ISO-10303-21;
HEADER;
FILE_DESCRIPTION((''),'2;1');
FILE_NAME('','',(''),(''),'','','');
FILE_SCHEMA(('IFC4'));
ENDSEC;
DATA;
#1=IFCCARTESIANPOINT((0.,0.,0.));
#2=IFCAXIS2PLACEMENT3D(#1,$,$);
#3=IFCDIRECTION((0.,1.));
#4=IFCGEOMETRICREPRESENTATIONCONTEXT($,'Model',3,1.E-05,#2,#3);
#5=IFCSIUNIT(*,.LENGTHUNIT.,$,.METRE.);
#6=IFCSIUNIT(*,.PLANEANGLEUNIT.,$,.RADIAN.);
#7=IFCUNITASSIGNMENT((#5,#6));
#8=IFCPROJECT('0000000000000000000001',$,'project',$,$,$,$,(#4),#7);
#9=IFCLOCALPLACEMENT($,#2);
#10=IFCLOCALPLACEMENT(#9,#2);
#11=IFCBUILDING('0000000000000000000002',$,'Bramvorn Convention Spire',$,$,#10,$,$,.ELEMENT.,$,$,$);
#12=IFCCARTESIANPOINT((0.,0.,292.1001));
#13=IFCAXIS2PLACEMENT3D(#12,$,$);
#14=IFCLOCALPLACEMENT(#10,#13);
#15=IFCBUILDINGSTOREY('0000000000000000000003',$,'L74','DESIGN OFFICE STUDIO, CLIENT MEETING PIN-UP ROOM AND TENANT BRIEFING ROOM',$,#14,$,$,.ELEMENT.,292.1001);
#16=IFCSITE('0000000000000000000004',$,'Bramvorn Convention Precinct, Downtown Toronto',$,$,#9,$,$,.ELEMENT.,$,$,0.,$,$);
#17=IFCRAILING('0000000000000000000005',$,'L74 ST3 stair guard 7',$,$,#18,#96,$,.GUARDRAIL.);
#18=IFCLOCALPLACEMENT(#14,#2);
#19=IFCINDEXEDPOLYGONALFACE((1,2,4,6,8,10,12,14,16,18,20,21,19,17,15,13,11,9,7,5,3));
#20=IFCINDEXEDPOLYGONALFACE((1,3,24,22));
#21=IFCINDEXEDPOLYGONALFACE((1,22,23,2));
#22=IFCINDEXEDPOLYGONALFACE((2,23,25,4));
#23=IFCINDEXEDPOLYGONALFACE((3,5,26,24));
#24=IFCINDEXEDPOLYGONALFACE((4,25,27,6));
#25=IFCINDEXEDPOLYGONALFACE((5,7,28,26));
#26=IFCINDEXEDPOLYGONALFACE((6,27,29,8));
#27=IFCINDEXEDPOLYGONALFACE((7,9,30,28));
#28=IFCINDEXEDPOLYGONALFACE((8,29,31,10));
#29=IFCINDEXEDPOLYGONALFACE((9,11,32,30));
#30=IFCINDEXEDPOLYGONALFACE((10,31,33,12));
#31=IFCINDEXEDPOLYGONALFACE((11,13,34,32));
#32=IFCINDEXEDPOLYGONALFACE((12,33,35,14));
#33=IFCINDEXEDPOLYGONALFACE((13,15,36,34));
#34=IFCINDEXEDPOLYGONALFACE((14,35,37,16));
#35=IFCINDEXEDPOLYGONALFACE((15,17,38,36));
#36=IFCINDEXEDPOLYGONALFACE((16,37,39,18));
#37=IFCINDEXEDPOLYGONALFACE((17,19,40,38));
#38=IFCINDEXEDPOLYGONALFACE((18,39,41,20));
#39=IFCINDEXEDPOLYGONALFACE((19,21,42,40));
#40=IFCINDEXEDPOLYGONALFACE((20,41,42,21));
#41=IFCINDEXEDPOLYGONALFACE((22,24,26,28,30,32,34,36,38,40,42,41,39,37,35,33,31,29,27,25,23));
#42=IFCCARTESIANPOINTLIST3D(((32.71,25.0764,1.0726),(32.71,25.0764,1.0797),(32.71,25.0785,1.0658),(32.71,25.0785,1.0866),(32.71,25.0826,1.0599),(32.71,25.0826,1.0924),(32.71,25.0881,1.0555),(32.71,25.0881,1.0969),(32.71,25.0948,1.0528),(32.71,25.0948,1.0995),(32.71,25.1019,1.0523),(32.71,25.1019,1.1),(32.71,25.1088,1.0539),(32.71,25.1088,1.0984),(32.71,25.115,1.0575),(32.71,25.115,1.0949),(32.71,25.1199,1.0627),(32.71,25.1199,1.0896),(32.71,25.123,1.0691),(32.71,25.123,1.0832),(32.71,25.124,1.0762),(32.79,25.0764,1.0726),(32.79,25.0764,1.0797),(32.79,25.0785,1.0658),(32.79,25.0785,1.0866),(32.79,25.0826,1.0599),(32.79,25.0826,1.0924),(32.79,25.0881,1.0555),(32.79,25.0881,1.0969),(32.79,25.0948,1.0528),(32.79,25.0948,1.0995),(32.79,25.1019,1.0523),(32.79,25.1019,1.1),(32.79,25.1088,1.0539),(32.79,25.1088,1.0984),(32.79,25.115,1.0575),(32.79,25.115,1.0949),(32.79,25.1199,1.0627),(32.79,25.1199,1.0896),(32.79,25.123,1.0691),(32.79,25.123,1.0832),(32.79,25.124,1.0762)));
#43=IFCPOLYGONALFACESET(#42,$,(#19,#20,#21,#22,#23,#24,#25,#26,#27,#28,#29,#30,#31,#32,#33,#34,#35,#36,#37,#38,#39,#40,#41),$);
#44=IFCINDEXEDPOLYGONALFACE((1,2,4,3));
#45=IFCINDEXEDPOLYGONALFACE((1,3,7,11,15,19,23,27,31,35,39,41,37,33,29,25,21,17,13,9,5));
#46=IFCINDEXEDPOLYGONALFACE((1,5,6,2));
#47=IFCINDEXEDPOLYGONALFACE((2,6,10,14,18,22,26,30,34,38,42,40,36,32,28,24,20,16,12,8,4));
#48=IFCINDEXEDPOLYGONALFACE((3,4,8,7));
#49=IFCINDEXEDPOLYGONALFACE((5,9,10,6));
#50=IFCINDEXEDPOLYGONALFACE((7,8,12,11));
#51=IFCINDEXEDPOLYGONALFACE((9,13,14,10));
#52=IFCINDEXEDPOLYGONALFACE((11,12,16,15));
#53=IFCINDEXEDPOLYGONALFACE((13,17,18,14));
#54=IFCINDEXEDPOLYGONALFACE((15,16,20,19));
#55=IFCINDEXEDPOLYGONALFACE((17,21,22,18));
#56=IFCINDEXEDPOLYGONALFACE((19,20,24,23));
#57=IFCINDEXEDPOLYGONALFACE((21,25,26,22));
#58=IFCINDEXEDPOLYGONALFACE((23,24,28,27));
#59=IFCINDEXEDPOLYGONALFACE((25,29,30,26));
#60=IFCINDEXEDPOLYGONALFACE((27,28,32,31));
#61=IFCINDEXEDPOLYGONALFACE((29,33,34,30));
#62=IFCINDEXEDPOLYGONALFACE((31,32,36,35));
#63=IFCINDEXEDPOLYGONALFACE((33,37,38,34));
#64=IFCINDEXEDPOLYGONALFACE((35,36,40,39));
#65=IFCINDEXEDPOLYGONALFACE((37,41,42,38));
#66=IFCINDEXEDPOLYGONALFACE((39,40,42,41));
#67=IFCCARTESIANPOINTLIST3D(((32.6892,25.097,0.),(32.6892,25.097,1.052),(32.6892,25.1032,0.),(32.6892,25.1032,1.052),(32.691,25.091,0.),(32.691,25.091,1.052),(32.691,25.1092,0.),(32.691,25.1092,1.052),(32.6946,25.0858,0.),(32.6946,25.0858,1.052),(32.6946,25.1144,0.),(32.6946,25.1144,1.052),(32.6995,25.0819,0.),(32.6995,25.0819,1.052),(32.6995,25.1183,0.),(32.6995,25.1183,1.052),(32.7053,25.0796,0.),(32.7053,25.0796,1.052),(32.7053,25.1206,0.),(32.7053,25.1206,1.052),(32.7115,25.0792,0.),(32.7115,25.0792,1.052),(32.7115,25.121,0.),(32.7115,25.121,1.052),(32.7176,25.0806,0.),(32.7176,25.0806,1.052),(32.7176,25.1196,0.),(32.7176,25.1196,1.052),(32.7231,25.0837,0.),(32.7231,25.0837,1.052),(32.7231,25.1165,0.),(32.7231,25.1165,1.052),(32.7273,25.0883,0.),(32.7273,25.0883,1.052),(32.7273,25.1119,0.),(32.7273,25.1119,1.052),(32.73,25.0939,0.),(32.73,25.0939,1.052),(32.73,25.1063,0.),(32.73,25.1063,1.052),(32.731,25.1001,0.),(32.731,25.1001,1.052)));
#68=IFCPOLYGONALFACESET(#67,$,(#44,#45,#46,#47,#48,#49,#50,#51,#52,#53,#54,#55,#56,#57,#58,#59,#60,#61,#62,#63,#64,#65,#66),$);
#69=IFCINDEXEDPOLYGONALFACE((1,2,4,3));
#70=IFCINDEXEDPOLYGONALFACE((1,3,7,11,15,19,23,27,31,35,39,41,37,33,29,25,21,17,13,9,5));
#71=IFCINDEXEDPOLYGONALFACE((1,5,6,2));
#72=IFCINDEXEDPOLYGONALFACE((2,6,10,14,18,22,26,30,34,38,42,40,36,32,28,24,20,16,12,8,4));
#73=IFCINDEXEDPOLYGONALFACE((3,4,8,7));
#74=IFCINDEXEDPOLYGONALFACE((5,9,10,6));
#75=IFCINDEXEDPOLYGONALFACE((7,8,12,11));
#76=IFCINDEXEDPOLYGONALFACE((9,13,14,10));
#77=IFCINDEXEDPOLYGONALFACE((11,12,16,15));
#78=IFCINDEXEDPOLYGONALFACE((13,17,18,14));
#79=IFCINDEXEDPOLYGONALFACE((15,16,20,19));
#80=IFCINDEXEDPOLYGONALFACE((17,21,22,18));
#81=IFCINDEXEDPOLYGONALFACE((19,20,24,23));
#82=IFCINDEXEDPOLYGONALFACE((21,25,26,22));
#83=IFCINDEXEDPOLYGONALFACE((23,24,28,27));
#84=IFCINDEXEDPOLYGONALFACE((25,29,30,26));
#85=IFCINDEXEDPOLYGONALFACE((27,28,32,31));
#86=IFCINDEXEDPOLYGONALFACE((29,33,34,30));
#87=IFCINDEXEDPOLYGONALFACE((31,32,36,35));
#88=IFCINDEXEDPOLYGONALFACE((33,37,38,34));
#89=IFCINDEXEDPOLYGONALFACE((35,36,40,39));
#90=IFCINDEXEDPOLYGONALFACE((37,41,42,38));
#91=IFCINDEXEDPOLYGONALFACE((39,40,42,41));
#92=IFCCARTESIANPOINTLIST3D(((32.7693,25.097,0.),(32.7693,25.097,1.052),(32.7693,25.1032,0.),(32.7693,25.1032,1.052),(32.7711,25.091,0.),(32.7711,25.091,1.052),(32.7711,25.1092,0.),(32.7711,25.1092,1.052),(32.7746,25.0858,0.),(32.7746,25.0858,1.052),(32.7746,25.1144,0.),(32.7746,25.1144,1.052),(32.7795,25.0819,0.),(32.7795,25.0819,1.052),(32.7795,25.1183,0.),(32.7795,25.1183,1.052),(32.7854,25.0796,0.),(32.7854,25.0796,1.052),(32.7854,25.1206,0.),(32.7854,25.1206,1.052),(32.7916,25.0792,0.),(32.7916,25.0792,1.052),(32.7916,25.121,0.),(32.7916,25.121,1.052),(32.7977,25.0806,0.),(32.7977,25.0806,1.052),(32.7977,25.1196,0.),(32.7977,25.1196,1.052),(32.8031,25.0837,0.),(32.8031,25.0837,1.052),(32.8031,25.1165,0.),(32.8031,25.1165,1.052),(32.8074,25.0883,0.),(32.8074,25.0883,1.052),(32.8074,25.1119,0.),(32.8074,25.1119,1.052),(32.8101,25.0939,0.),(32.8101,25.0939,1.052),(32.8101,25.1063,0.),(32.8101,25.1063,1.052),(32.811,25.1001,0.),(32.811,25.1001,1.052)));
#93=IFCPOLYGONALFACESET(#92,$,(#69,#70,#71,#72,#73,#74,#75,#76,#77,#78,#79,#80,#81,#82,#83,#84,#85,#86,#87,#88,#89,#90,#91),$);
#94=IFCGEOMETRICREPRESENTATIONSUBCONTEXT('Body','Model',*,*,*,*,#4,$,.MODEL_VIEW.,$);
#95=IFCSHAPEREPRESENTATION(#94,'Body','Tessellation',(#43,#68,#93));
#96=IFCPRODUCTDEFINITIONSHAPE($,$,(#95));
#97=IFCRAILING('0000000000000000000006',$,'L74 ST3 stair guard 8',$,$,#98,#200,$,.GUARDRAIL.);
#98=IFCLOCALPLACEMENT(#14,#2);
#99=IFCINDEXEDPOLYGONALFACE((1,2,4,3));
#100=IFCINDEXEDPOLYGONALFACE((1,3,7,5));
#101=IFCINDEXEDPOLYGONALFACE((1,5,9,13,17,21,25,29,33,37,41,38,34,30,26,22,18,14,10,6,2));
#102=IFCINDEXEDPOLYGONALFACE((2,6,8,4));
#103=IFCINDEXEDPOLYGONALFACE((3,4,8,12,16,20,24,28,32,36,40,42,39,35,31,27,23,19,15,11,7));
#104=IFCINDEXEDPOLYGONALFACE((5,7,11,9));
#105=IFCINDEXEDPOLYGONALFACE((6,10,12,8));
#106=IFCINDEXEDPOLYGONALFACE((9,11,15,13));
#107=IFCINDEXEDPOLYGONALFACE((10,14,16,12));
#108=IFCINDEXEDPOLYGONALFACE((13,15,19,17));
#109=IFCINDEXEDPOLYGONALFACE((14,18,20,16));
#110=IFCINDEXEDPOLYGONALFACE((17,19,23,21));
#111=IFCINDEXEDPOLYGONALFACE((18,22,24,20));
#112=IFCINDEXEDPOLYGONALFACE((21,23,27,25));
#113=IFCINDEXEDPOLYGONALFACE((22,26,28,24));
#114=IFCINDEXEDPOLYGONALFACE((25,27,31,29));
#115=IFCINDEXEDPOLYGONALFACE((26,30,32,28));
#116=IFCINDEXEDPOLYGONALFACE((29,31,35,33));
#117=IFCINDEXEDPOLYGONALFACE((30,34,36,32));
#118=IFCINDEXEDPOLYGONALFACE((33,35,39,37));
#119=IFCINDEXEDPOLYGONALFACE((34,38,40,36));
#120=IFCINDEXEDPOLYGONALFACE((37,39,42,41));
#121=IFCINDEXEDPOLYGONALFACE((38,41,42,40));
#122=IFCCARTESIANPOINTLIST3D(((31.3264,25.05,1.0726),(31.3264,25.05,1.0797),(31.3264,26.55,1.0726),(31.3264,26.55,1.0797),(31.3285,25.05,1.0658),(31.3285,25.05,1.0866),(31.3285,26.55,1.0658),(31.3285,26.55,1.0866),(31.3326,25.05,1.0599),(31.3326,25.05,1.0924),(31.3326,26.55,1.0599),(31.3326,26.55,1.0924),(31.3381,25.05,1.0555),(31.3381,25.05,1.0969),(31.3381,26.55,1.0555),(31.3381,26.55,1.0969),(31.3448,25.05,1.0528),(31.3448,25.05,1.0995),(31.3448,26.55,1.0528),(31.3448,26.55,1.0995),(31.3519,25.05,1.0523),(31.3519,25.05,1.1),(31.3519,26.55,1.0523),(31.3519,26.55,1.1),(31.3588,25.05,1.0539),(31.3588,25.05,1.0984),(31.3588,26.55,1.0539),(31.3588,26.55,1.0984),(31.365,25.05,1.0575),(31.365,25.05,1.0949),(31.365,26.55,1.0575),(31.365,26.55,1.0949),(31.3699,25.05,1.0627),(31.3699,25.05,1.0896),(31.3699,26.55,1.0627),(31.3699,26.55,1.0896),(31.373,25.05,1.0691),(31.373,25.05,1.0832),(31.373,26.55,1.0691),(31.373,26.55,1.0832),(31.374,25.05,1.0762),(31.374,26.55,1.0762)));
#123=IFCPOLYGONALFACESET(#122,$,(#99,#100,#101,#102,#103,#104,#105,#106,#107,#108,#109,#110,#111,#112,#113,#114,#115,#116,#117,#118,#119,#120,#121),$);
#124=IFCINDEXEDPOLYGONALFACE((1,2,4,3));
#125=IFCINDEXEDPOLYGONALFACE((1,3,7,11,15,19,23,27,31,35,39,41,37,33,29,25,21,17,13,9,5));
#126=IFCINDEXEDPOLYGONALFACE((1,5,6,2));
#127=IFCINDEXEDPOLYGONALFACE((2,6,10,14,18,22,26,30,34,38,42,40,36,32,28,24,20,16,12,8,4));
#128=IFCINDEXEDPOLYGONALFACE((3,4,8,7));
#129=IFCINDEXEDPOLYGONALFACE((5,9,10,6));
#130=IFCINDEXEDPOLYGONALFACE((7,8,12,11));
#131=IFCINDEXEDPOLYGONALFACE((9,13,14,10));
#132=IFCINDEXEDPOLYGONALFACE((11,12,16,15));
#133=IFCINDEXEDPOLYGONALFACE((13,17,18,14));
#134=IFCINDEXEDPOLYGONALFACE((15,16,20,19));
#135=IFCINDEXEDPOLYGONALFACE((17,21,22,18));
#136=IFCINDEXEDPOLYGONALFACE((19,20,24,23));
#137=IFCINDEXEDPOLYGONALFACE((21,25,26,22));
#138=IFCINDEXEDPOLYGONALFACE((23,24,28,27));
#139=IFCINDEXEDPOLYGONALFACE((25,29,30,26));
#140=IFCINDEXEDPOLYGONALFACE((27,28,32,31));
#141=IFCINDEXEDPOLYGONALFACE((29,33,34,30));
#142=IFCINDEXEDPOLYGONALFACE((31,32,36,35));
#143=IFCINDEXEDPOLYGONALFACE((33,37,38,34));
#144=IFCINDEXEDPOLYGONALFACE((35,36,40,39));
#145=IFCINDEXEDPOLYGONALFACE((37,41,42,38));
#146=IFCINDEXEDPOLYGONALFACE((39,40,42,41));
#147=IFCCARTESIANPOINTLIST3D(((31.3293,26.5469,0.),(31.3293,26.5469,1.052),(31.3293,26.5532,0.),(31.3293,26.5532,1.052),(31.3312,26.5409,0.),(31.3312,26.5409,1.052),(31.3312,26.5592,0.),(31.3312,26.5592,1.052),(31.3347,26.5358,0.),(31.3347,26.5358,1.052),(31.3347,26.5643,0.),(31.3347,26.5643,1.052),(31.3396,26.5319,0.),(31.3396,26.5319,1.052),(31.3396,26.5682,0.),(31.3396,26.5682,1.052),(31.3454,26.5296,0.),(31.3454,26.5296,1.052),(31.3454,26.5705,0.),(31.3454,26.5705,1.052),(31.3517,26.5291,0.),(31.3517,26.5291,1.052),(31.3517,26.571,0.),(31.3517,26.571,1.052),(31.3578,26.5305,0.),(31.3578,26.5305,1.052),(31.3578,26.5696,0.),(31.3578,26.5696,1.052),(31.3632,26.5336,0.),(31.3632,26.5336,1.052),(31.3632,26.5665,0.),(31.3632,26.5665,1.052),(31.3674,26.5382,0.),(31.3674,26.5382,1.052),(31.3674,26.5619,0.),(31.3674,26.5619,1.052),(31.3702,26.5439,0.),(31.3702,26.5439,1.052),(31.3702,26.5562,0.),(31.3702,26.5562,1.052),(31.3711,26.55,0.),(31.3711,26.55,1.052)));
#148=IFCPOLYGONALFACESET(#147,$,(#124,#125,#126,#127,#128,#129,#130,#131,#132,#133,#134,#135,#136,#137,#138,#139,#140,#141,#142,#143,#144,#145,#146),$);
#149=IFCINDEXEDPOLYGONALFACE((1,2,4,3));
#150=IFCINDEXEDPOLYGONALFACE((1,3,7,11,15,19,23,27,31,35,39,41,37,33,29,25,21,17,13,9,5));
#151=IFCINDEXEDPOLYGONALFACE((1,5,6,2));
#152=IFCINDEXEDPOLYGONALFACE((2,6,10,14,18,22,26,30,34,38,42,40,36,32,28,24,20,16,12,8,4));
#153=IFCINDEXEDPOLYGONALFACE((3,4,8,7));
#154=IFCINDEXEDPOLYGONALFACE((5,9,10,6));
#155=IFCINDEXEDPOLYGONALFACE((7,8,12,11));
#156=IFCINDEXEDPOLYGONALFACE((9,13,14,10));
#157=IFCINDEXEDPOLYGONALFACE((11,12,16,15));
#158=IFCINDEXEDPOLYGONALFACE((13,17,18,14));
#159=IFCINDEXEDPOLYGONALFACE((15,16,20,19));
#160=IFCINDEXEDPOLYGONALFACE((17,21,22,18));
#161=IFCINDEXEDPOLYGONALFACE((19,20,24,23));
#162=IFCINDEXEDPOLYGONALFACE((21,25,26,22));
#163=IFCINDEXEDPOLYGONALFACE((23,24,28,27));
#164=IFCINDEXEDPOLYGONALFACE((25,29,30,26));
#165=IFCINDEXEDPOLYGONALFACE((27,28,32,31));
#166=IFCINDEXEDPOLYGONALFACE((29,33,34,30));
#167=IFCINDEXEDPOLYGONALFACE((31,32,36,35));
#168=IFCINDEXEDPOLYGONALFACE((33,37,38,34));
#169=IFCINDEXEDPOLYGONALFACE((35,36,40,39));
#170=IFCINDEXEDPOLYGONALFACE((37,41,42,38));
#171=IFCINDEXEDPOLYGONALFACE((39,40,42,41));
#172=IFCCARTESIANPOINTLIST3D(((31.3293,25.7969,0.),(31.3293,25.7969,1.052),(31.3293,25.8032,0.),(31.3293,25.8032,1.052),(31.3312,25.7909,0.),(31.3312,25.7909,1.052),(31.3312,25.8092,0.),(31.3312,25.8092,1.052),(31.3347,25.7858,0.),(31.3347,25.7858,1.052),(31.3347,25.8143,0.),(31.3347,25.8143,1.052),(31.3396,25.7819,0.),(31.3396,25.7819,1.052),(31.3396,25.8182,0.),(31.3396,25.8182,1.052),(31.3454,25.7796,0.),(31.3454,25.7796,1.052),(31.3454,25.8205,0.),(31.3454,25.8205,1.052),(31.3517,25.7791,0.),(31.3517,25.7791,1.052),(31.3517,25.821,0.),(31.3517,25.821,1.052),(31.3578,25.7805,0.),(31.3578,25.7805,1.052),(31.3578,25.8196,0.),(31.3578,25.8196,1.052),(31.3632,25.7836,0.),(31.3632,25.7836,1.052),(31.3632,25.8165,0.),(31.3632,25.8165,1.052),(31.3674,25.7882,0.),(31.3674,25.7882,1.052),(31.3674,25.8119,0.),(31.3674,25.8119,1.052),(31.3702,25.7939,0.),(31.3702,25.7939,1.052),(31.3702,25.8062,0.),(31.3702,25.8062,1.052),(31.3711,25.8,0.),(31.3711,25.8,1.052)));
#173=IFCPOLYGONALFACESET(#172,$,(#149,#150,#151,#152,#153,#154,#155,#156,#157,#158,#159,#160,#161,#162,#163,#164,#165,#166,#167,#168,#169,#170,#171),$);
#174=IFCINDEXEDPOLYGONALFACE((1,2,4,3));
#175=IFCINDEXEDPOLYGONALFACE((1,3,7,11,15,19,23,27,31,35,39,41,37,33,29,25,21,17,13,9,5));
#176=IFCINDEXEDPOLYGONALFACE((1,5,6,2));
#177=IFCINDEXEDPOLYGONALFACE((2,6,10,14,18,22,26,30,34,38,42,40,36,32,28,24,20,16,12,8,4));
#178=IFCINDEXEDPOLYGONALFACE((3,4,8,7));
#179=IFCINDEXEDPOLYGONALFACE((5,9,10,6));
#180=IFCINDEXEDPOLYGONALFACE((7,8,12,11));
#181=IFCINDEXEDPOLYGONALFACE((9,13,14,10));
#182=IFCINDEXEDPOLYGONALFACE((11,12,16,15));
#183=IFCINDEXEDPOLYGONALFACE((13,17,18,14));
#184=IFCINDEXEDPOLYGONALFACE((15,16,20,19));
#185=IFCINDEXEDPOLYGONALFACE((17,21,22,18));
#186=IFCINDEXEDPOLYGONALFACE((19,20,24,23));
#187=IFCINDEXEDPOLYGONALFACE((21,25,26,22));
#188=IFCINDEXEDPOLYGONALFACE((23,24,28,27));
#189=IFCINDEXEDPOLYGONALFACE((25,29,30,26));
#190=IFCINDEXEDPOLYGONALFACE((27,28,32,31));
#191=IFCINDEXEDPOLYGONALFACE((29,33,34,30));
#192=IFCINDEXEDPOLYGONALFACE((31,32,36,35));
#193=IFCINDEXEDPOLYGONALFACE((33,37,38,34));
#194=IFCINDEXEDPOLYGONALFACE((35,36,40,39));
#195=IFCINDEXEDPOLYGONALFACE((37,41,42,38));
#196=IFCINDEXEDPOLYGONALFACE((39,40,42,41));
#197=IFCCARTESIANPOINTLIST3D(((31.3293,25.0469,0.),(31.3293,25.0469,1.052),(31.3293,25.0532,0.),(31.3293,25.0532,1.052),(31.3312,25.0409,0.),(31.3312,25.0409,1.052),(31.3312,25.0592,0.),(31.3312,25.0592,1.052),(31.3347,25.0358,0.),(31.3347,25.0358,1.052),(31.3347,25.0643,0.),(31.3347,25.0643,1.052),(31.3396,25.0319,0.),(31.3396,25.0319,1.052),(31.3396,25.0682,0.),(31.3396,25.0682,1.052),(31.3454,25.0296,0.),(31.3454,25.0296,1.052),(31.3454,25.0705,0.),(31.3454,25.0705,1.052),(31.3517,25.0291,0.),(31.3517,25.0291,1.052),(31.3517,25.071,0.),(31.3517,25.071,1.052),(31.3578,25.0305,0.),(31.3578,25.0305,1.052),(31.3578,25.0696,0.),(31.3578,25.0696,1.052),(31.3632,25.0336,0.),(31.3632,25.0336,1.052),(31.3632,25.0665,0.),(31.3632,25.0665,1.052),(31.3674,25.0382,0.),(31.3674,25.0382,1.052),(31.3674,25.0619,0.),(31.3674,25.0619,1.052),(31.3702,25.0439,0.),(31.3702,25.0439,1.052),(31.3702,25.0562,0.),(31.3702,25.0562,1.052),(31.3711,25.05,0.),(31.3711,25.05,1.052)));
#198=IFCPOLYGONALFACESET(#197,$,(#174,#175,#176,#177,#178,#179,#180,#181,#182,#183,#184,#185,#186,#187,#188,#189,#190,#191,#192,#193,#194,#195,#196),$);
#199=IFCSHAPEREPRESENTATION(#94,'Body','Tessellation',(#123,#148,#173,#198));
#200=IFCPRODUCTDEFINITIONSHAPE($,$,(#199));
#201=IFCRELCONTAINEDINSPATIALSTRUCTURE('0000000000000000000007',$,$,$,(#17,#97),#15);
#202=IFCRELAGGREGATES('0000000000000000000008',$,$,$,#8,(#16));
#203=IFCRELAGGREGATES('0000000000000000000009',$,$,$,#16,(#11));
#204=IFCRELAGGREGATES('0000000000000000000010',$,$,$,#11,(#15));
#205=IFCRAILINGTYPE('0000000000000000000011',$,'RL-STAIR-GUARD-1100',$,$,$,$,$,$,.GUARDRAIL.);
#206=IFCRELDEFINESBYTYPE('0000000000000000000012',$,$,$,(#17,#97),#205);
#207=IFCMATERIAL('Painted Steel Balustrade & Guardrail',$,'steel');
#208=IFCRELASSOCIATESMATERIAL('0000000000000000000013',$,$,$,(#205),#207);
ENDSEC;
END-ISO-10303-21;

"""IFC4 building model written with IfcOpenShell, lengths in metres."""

from ifc_helpers import new_model, si_unit, direction, frame, origin, origin_2d, place, context, subcontext, project, spatial, circle, extrude, material, type_object, element, save


model = new_model("IFC4")

# Units and contexts
model_context = context("Model", 3, precision=1e-05, world=origin(), true_north=direction((0.0, 1.0)))
body_context = subcontext(model_context, "Body", "Model", "MODEL_VIEW")
ifc_project = project(units=[si_unit("LENGTHUNIT", "METRE"), si_unit("PLANEANGLEUNIT", "RADIAN")], contexts=[model_context])

# Site, building, storey
site_placement = place(None, origin())
site = spatial("IfcSite", under=ifc_project, at=site_placement, Name="Bramvorn Convention Precinct, Downtown Toronto", CompositionType="ELEMENT", RefElevation=0.0)
building_placement = place(site_placement, origin())
building = spatial("IfcBuilding", under=site, at=building_placement, Name="Bramvorn Convention Spire", CompositionType="ELEMENT")
storey_placement = place(building_placement, frame((0.0, 0.0, 292.1001)))
storey = spatial("IfcBuildingStorey", under=building, at=storey_placement, Name="L74", Description="DESIGN OFFICE STUDIO, CLIENT MEETING PIN-UP ROOM AND TENANT BRIEFING ROOM", CompositionType="ELEMENT", Elevation=292.1001)

# Railings
ifc_material_1 = material(Name="Painted Steel Balustrade & Guardrail", Category="steel")
railing_type = type_object("IfcRailingType", Name="RL-STAIR-GUARD-1100", PredefinedType="GUARDRAIL", material=ifc_material_1)
railing_1_placement = place(storey_placement, frame((32.71, 25.1001, 0.0)))
element("IfcRailing", 1, at=railing_1_placement, inside=storey, type_object=railing_type, Name="L74 ST3 stair guard 7", PredefinedType="GUARDRAIL", context=body_context, shape_type="SweptSolid", body=[
    extrude(circle(Radius=0.0239, at=origin_2d()), frame((0.0, 0.0, 1.0762), z_axis=(1.0, 0.0, 0.0), x_axis=(0.0, 1.0, 0.0)), (0.0, 0.0, 1.0), 0.0801),
    extrude(circle(Radius=0.021, at=origin_2d()), origin(), (0.0, 0.0, 1.0), 1.052),
    extrude(circle(Radius=0.021, at=origin_2d()), frame((0.0801, 0.0, 0.0)), (0.0, 0.0, 1.0), 1.052),
])
for number, where, name in (
    (2, (31.3501, 26.55, 0.0), "L74 ST3 stair guard 8"),
):
    element("IfcRailing", number, at=place(storey_placement, frame(where)), inside=storey, type_object=railing_type, Name=name, PredefinedType="GUARDRAIL", context=body_context, shape_type="SweptSolid", body=[
        extrude(circle(Radius=0.0239, at=origin_2d()), frame((0.0, 0.0, 1.0762), z_axis=(0.0, -1.0, 0.0), x_axis=(1.0, 0.0, 0.0)), (0.0, 0.0, 1.0), 1.5),
        extrude(circle(Radius=0.021, at=origin_2d()), origin(), (0.0, 0.0, 1.0), 1.052),
        extrude(circle(Radius=0.021, at=origin_2d()), frame((0.0, -0.75, 0.0)), (0.0, 0.0, 1.0), 1.052),
        extrude(circle(Radius=0.021, at=origin_2d()), frame((0.0, -1.5, 0.0)), (0.0, 0.0, 1.0), 1.052),
    ])

save(model, "model.ifc")
